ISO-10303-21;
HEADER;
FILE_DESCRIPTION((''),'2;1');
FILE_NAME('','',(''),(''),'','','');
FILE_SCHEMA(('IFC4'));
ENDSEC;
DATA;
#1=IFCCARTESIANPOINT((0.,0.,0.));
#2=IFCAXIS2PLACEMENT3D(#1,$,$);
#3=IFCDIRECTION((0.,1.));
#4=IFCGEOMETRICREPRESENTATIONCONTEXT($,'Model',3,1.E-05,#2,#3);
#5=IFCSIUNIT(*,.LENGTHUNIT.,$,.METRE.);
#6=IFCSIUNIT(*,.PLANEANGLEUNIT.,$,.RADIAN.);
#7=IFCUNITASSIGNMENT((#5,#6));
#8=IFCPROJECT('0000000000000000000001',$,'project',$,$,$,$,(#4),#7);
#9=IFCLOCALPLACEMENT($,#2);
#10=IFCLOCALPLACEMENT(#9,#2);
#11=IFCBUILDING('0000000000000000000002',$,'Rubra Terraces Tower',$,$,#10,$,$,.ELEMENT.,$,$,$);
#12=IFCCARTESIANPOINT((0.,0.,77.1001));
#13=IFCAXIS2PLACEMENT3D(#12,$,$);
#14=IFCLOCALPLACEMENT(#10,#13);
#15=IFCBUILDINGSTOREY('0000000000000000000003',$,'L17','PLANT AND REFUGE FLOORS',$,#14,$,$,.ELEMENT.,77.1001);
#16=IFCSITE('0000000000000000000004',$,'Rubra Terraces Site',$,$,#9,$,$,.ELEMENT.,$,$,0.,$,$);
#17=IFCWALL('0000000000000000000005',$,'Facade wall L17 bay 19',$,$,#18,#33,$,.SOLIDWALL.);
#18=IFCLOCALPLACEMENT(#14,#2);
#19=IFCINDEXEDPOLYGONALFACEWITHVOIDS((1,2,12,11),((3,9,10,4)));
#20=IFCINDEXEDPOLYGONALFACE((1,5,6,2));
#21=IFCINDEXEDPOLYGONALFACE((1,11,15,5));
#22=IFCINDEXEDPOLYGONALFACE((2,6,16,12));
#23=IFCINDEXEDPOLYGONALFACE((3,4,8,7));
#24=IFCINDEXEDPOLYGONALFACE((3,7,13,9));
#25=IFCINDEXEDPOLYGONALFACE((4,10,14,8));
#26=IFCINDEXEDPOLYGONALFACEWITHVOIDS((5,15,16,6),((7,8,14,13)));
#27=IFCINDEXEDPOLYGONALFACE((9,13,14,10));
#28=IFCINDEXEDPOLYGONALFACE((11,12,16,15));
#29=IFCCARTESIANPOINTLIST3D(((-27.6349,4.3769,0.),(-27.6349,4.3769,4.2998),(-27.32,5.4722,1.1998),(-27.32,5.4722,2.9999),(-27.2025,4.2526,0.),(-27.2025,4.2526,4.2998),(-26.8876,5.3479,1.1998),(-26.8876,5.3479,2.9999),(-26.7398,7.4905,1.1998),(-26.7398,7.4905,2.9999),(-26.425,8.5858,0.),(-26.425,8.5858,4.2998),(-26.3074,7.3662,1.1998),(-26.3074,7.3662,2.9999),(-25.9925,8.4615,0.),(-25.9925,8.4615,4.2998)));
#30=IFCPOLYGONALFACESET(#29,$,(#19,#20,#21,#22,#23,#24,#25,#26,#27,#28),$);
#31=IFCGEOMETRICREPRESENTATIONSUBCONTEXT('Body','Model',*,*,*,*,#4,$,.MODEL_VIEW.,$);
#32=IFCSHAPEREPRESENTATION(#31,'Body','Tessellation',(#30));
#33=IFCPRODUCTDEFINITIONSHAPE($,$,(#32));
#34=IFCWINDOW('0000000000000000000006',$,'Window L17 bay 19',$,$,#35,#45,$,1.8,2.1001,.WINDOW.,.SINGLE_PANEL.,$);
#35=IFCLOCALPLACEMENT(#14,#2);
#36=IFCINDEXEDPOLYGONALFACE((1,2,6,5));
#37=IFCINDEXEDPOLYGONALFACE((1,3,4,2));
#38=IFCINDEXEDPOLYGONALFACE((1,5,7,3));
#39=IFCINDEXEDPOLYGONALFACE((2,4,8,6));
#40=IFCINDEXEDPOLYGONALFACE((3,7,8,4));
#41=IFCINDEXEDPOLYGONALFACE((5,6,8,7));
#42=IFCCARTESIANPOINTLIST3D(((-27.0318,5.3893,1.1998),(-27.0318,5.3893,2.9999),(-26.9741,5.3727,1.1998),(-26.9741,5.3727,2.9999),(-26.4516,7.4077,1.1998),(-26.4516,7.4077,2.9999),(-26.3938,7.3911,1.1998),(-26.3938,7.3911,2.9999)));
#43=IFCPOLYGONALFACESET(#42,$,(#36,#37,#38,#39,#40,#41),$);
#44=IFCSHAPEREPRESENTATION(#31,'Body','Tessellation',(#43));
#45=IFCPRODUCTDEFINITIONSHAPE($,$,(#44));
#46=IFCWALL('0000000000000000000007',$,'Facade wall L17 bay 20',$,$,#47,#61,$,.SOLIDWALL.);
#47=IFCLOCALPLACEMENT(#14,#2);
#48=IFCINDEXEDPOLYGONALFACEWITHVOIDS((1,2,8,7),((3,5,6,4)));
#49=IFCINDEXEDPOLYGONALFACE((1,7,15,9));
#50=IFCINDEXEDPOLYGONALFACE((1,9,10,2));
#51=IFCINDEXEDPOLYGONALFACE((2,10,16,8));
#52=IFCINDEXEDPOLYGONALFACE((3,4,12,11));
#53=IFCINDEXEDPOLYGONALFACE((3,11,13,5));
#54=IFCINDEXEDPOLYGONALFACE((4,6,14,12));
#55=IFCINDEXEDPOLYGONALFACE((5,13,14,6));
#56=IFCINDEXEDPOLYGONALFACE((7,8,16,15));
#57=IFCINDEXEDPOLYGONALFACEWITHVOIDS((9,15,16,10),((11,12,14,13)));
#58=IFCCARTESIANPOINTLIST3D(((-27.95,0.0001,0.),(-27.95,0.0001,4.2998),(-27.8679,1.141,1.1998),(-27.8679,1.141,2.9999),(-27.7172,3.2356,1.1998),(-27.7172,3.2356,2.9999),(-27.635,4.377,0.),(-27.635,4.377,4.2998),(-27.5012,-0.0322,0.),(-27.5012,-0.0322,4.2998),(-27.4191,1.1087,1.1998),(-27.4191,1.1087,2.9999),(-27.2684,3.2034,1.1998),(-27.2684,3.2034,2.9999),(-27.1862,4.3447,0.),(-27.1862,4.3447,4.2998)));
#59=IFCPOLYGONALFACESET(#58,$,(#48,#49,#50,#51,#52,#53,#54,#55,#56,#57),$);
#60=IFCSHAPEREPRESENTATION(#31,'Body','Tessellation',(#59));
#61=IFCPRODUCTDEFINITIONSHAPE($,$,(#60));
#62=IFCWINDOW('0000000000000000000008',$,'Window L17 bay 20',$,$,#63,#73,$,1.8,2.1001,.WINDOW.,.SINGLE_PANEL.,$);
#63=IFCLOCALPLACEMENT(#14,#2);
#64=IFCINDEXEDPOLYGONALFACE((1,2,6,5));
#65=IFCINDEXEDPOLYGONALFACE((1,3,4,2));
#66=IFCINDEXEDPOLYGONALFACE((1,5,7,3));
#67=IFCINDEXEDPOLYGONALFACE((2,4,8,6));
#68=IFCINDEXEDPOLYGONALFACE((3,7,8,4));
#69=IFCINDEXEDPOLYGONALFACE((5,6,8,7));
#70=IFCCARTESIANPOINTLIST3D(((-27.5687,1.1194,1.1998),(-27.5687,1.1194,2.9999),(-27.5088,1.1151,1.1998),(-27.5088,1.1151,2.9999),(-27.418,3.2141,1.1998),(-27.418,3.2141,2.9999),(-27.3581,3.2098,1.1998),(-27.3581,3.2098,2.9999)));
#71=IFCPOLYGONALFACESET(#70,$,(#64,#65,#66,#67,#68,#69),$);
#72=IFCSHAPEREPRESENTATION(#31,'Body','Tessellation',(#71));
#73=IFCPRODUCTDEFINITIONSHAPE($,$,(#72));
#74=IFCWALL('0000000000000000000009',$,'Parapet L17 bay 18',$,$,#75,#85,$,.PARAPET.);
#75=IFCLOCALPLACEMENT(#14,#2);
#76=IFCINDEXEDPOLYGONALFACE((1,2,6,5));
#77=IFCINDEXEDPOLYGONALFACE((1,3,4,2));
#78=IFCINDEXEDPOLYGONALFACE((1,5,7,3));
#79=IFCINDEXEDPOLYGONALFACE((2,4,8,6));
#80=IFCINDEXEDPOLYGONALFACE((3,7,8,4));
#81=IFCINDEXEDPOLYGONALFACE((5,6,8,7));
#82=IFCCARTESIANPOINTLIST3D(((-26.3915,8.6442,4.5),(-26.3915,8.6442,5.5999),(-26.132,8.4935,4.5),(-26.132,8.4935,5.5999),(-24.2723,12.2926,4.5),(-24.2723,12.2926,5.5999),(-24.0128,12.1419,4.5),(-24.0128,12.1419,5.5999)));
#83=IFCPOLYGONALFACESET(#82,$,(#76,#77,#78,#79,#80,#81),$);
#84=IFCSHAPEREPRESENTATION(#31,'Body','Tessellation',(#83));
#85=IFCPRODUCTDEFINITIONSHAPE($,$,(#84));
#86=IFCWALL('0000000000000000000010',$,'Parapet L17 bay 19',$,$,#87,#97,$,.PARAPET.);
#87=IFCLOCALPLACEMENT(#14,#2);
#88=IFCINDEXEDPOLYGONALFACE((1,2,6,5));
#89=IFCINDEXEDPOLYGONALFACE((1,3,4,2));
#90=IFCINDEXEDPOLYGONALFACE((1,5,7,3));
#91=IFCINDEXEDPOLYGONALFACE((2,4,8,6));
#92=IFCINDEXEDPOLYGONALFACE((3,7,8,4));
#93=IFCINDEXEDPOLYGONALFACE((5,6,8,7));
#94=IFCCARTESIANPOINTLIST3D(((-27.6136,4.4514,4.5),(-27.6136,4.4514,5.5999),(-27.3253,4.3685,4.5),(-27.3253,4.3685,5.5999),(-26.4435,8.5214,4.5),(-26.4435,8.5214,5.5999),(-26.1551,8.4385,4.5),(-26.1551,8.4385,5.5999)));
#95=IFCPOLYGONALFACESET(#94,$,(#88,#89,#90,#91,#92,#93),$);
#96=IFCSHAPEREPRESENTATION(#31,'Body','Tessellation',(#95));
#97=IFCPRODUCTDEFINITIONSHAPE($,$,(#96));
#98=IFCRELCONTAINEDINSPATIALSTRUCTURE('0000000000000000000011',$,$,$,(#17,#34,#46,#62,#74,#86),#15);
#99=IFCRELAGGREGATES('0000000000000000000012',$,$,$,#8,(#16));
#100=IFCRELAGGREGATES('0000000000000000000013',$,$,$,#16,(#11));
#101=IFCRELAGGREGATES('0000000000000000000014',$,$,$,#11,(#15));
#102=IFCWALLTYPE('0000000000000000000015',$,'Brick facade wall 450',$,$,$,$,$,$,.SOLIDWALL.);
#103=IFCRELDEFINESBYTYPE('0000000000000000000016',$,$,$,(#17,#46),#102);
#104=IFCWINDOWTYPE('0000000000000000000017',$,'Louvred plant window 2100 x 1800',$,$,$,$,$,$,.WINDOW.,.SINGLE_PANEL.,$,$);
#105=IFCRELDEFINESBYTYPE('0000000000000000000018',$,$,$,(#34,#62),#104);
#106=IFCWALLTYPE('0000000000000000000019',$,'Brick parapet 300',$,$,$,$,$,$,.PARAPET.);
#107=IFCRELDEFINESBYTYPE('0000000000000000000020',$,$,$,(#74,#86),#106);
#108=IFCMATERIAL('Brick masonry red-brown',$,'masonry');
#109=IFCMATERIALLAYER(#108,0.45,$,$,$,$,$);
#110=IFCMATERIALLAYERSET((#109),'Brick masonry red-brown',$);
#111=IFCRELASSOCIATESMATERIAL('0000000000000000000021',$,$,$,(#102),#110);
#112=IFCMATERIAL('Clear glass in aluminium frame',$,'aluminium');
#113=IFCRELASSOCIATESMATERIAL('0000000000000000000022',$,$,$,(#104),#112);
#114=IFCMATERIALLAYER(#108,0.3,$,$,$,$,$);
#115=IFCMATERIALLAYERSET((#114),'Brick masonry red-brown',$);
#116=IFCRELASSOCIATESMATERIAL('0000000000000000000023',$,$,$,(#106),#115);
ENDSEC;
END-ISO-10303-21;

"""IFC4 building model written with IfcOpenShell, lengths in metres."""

from ifc_helpers import new_model, si_unit, direction, frame, frame_2d, origin, place, context, subcontext, project, spatial, rectangle, extrude, material, layer, layer_set, type_object, element, fill, save


model = new_model("IFC4")

# Units and contexts
model_context = context("Model", 3, precision=1e-05, world=origin(), true_north=direction((0.0, 1.0)))
body_context = subcontext(model_context, "Body", "Model", "MODEL_VIEW")
ifc_project = project(units=[si_unit("LENGTHUNIT", "METRE"), si_unit("PLANEANGLEUNIT", "RADIAN")], contexts=[model_context])

# Site, building, storey
site_placement = place(None, origin())
site = spatial("IfcSite", under=ifc_project, at=site_placement, Name="Rubra Terraces Site", CompositionType="ELEMENT", RefElevation=0.0)
building_placement = place(site_placement, origin())
building = spatial("IfcBuilding", under=site, at=building_placement, Name="Rubra Terraces Tower", CompositionType="ELEMENT")
storey_placement = place(building_placement, frame((0.0, 0.0, 77.1001)))
storey = spatial("IfcBuildingStorey", under=building, at=storey_placement, Name="L17", Description="PLANT AND REFUGE FLOORS", CompositionType="ELEMENT", Elevation=77.1001)

# Walls, openings, windows
ifc_material_1 = material(Name="Brick masonry red-brown", Category="masonry")
ifc_layer_1 = layer(ifc_material_1, 0.45)
ifc_layer_set_1 = layer_set([ifc_layer_1], Name="Brick masonry red-brown")
wall_type_1 = type_object("IfcWallType", Name="Brick facade wall 450", PredefinedType="SOLIDWALL", material=ifc_layer_set_1)
wall_1_placement = place(storey_placement, frame((-26.2087, 8.5237, 0.0), z_axis=(0.0, 0.0, 1.0), x_axis=(-0.276282, -0.961077, 0.0)))
wall_1 = element("IfcWall", 1, at=wall_1_placement, inside=storey, type_object=wall_type_1, Name="Facade wall L17 bay 19", PredefinedType="SOLIDWALL", context=body_context, shape_type="SweptSolid", body=[
    extrude(rectangle(XDim=4.3794, YDim=0.45, at=frame_2d((2.1897, 0.0))), origin(), (0.0, 0.0, 1.0), 4.2998),
])
opening_1_placement = place(wall_1_placement, frame((1.1396, 0.0, 1.2)))
opening_1 = element("IfcOpeningElement", 2, at=opening_1_placement, cuts=wall_1, PredefinedType="OPENING", context=body_context, shape_type="SweptSolid", body=[
    extrude(rectangle(XDim=2.1001, YDim=1.8, at=frame_2d((1.05, 0.8999))), frame((0.0, 0.2349, 0.0), z_axis=(0.0, -1.0, 0.0), x_axis=(1.0, 0.0, 0.0)), (0.0, 0.0, 1.0), 0.47),
])
ifc_material_2 = material(Name="Clear glass in aluminium frame", Category="aluminium")
window_type = type_object("IfcWindowType", Name="Louvred plant window 2100 x 1800", PartitioningType="SINGLE_PANEL", PredefinedType="WINDOW", material=ifc_material_2)
window_1_placement = place(opening_1_placement, origin())
window_1 = element("IfcWindow", 3, at=window_1_placement, inside=storey, type_object=window_type, Name="Window L17 bay 19", OverallHeight=1.8, OverallWidth=2.1001, PartitioningType="SINGLE_PANEL", PredefinedType="WINDOW", context=body_context, shape_type="SweptSolid", body=[
    extrude(rectangle(XDim=2.1001, YDim=1.8, at=frame_2d((1.05, 0.8999))), frame((0.0, 0.135, 0.0), z_axis=(0.0, -1.0, 0.0), x_axis=(1.0, 0.0, 0.0)), (0.0, 0.0, 1.0), 0.0601),
])
fill(opening_1, window_1)
wall_2_placement = place(storey_placement, frame((-27.4106, 4.3608, 0.0), z_axis=(0.0, 0.0, 1.0), x_axis=(-0.071769, -0.997421, 0.0)))
wall_2 = element("IfcWall", 4, at=wall_2_placement, inside=storey, type_object=wall_type_1, Name="Facade wall L17 bay 20", PredefinedType="SOLIDWALL", context=body_context, shape_type="SweptSolid", body=[
    extrude(rectangle(XDim=4.3882, YDim=0.45, at=frame_2d((2.1941, 0.0))), origin(), (0.0, 0.0, 1.0), 4.2998),
])
opening_2_placement = place(wall_2_placement, frame((1.1443, 0.0, 1.2)))
opening_2 = element("IfcOpeningElement", 5, at=opening_2_placement, cuts=wall_2, PredefinedType="OPENING", context=body_context, shape_type="SweptSolid", body=[
    extrude(rectangle(XDim=2.1001, YDim=1.8, at=frame_2d((1.05, 0.8999))), frame((0.0, 0.2349, 0.0), z_axis=(0.0, -1.0, 0.0), x_axis=(1.0, 0.0, 0.0)), (0.0, 0.0, 1.0), 0.47),
])
window_2_placement = place(opening_2_placement, origin())
window_2 = element("IfcWindow", 6, at=window_2_placement, inside=storey, type_object=window_type, Name="Window L17 bay 20", OverallHeight=1.8, OverallWidth=2.1001, PartitioningType="SINGLE_PANEL", PredefinedType="WINDOW", context=body_context, shape_type="SweptSolid", body=[
    extrude(rectangle(XDim=2.1001, YDim=1.8, at=frame_2d((1.05, 0.8999))), frame((0.0, 0.135, 0.0), z_axis=(0.0, -1.0, 0.0), x_axis=(1.0, 0.0, 0.0)), (0.0, 0.0, 1.0), 0.0601),
])
fill(opening_2, window_2)

# Walls
ifc_layer_2 = layer(ifc_material_1, 0.3)
ifc_layer_set_2 = layer_set([ifc_layer_2], Name="Brick masonry red-brown")
wall_type_2 = type_object("IfcWallType", Name="Brick parapet 300", PredefinedType="PARAPET", material=ifc_layer_set_2)
wall_3_placement = place(storey_placement, frame((-24.1426, 12.2173, 4.5), z_axis=(0.0, 0.0, 1.0), x_axis=(-0.502258, -0.864718, 0.0)))
element("IfcWall", 7, at=wall_3_placement, inside=storey, type_object=wall_type_2, Name="Parapet L17 bay 18", PredefinedType="PARAPET", context=body_context, shape_type="SweptSolid", body=[
    extrude(rectangle(XDim=4.2192, YDim=0.3, at=frame_2d((2.1096, 0.0))), origin(), (0.0, 0.0, 1.0), 1.0999),
])
wall_4_placement = place(storey_placement, frame((-26.2993, 8.48, 4.5), z_axis=(0.0, 0.0, 1.0), x_axis=(-0.276312, -0.961068, 0.0)))
element("IfcWall", 8, at=wall_4_placement, inside=storey, type_object=wall_type_2, Name="Parapet L17 bay 19", PredefinedType="PARAPET", context=body_context, shape_type="SweptSolid", body=[
    extrude(rectangle(XDim=4.2349, YDim=0.3, at=frame_2d((2.1174, 0.0))), origin(), (0.0, 0.0, 1.0), 1.0999),
])

save(model, "model.ifc")
